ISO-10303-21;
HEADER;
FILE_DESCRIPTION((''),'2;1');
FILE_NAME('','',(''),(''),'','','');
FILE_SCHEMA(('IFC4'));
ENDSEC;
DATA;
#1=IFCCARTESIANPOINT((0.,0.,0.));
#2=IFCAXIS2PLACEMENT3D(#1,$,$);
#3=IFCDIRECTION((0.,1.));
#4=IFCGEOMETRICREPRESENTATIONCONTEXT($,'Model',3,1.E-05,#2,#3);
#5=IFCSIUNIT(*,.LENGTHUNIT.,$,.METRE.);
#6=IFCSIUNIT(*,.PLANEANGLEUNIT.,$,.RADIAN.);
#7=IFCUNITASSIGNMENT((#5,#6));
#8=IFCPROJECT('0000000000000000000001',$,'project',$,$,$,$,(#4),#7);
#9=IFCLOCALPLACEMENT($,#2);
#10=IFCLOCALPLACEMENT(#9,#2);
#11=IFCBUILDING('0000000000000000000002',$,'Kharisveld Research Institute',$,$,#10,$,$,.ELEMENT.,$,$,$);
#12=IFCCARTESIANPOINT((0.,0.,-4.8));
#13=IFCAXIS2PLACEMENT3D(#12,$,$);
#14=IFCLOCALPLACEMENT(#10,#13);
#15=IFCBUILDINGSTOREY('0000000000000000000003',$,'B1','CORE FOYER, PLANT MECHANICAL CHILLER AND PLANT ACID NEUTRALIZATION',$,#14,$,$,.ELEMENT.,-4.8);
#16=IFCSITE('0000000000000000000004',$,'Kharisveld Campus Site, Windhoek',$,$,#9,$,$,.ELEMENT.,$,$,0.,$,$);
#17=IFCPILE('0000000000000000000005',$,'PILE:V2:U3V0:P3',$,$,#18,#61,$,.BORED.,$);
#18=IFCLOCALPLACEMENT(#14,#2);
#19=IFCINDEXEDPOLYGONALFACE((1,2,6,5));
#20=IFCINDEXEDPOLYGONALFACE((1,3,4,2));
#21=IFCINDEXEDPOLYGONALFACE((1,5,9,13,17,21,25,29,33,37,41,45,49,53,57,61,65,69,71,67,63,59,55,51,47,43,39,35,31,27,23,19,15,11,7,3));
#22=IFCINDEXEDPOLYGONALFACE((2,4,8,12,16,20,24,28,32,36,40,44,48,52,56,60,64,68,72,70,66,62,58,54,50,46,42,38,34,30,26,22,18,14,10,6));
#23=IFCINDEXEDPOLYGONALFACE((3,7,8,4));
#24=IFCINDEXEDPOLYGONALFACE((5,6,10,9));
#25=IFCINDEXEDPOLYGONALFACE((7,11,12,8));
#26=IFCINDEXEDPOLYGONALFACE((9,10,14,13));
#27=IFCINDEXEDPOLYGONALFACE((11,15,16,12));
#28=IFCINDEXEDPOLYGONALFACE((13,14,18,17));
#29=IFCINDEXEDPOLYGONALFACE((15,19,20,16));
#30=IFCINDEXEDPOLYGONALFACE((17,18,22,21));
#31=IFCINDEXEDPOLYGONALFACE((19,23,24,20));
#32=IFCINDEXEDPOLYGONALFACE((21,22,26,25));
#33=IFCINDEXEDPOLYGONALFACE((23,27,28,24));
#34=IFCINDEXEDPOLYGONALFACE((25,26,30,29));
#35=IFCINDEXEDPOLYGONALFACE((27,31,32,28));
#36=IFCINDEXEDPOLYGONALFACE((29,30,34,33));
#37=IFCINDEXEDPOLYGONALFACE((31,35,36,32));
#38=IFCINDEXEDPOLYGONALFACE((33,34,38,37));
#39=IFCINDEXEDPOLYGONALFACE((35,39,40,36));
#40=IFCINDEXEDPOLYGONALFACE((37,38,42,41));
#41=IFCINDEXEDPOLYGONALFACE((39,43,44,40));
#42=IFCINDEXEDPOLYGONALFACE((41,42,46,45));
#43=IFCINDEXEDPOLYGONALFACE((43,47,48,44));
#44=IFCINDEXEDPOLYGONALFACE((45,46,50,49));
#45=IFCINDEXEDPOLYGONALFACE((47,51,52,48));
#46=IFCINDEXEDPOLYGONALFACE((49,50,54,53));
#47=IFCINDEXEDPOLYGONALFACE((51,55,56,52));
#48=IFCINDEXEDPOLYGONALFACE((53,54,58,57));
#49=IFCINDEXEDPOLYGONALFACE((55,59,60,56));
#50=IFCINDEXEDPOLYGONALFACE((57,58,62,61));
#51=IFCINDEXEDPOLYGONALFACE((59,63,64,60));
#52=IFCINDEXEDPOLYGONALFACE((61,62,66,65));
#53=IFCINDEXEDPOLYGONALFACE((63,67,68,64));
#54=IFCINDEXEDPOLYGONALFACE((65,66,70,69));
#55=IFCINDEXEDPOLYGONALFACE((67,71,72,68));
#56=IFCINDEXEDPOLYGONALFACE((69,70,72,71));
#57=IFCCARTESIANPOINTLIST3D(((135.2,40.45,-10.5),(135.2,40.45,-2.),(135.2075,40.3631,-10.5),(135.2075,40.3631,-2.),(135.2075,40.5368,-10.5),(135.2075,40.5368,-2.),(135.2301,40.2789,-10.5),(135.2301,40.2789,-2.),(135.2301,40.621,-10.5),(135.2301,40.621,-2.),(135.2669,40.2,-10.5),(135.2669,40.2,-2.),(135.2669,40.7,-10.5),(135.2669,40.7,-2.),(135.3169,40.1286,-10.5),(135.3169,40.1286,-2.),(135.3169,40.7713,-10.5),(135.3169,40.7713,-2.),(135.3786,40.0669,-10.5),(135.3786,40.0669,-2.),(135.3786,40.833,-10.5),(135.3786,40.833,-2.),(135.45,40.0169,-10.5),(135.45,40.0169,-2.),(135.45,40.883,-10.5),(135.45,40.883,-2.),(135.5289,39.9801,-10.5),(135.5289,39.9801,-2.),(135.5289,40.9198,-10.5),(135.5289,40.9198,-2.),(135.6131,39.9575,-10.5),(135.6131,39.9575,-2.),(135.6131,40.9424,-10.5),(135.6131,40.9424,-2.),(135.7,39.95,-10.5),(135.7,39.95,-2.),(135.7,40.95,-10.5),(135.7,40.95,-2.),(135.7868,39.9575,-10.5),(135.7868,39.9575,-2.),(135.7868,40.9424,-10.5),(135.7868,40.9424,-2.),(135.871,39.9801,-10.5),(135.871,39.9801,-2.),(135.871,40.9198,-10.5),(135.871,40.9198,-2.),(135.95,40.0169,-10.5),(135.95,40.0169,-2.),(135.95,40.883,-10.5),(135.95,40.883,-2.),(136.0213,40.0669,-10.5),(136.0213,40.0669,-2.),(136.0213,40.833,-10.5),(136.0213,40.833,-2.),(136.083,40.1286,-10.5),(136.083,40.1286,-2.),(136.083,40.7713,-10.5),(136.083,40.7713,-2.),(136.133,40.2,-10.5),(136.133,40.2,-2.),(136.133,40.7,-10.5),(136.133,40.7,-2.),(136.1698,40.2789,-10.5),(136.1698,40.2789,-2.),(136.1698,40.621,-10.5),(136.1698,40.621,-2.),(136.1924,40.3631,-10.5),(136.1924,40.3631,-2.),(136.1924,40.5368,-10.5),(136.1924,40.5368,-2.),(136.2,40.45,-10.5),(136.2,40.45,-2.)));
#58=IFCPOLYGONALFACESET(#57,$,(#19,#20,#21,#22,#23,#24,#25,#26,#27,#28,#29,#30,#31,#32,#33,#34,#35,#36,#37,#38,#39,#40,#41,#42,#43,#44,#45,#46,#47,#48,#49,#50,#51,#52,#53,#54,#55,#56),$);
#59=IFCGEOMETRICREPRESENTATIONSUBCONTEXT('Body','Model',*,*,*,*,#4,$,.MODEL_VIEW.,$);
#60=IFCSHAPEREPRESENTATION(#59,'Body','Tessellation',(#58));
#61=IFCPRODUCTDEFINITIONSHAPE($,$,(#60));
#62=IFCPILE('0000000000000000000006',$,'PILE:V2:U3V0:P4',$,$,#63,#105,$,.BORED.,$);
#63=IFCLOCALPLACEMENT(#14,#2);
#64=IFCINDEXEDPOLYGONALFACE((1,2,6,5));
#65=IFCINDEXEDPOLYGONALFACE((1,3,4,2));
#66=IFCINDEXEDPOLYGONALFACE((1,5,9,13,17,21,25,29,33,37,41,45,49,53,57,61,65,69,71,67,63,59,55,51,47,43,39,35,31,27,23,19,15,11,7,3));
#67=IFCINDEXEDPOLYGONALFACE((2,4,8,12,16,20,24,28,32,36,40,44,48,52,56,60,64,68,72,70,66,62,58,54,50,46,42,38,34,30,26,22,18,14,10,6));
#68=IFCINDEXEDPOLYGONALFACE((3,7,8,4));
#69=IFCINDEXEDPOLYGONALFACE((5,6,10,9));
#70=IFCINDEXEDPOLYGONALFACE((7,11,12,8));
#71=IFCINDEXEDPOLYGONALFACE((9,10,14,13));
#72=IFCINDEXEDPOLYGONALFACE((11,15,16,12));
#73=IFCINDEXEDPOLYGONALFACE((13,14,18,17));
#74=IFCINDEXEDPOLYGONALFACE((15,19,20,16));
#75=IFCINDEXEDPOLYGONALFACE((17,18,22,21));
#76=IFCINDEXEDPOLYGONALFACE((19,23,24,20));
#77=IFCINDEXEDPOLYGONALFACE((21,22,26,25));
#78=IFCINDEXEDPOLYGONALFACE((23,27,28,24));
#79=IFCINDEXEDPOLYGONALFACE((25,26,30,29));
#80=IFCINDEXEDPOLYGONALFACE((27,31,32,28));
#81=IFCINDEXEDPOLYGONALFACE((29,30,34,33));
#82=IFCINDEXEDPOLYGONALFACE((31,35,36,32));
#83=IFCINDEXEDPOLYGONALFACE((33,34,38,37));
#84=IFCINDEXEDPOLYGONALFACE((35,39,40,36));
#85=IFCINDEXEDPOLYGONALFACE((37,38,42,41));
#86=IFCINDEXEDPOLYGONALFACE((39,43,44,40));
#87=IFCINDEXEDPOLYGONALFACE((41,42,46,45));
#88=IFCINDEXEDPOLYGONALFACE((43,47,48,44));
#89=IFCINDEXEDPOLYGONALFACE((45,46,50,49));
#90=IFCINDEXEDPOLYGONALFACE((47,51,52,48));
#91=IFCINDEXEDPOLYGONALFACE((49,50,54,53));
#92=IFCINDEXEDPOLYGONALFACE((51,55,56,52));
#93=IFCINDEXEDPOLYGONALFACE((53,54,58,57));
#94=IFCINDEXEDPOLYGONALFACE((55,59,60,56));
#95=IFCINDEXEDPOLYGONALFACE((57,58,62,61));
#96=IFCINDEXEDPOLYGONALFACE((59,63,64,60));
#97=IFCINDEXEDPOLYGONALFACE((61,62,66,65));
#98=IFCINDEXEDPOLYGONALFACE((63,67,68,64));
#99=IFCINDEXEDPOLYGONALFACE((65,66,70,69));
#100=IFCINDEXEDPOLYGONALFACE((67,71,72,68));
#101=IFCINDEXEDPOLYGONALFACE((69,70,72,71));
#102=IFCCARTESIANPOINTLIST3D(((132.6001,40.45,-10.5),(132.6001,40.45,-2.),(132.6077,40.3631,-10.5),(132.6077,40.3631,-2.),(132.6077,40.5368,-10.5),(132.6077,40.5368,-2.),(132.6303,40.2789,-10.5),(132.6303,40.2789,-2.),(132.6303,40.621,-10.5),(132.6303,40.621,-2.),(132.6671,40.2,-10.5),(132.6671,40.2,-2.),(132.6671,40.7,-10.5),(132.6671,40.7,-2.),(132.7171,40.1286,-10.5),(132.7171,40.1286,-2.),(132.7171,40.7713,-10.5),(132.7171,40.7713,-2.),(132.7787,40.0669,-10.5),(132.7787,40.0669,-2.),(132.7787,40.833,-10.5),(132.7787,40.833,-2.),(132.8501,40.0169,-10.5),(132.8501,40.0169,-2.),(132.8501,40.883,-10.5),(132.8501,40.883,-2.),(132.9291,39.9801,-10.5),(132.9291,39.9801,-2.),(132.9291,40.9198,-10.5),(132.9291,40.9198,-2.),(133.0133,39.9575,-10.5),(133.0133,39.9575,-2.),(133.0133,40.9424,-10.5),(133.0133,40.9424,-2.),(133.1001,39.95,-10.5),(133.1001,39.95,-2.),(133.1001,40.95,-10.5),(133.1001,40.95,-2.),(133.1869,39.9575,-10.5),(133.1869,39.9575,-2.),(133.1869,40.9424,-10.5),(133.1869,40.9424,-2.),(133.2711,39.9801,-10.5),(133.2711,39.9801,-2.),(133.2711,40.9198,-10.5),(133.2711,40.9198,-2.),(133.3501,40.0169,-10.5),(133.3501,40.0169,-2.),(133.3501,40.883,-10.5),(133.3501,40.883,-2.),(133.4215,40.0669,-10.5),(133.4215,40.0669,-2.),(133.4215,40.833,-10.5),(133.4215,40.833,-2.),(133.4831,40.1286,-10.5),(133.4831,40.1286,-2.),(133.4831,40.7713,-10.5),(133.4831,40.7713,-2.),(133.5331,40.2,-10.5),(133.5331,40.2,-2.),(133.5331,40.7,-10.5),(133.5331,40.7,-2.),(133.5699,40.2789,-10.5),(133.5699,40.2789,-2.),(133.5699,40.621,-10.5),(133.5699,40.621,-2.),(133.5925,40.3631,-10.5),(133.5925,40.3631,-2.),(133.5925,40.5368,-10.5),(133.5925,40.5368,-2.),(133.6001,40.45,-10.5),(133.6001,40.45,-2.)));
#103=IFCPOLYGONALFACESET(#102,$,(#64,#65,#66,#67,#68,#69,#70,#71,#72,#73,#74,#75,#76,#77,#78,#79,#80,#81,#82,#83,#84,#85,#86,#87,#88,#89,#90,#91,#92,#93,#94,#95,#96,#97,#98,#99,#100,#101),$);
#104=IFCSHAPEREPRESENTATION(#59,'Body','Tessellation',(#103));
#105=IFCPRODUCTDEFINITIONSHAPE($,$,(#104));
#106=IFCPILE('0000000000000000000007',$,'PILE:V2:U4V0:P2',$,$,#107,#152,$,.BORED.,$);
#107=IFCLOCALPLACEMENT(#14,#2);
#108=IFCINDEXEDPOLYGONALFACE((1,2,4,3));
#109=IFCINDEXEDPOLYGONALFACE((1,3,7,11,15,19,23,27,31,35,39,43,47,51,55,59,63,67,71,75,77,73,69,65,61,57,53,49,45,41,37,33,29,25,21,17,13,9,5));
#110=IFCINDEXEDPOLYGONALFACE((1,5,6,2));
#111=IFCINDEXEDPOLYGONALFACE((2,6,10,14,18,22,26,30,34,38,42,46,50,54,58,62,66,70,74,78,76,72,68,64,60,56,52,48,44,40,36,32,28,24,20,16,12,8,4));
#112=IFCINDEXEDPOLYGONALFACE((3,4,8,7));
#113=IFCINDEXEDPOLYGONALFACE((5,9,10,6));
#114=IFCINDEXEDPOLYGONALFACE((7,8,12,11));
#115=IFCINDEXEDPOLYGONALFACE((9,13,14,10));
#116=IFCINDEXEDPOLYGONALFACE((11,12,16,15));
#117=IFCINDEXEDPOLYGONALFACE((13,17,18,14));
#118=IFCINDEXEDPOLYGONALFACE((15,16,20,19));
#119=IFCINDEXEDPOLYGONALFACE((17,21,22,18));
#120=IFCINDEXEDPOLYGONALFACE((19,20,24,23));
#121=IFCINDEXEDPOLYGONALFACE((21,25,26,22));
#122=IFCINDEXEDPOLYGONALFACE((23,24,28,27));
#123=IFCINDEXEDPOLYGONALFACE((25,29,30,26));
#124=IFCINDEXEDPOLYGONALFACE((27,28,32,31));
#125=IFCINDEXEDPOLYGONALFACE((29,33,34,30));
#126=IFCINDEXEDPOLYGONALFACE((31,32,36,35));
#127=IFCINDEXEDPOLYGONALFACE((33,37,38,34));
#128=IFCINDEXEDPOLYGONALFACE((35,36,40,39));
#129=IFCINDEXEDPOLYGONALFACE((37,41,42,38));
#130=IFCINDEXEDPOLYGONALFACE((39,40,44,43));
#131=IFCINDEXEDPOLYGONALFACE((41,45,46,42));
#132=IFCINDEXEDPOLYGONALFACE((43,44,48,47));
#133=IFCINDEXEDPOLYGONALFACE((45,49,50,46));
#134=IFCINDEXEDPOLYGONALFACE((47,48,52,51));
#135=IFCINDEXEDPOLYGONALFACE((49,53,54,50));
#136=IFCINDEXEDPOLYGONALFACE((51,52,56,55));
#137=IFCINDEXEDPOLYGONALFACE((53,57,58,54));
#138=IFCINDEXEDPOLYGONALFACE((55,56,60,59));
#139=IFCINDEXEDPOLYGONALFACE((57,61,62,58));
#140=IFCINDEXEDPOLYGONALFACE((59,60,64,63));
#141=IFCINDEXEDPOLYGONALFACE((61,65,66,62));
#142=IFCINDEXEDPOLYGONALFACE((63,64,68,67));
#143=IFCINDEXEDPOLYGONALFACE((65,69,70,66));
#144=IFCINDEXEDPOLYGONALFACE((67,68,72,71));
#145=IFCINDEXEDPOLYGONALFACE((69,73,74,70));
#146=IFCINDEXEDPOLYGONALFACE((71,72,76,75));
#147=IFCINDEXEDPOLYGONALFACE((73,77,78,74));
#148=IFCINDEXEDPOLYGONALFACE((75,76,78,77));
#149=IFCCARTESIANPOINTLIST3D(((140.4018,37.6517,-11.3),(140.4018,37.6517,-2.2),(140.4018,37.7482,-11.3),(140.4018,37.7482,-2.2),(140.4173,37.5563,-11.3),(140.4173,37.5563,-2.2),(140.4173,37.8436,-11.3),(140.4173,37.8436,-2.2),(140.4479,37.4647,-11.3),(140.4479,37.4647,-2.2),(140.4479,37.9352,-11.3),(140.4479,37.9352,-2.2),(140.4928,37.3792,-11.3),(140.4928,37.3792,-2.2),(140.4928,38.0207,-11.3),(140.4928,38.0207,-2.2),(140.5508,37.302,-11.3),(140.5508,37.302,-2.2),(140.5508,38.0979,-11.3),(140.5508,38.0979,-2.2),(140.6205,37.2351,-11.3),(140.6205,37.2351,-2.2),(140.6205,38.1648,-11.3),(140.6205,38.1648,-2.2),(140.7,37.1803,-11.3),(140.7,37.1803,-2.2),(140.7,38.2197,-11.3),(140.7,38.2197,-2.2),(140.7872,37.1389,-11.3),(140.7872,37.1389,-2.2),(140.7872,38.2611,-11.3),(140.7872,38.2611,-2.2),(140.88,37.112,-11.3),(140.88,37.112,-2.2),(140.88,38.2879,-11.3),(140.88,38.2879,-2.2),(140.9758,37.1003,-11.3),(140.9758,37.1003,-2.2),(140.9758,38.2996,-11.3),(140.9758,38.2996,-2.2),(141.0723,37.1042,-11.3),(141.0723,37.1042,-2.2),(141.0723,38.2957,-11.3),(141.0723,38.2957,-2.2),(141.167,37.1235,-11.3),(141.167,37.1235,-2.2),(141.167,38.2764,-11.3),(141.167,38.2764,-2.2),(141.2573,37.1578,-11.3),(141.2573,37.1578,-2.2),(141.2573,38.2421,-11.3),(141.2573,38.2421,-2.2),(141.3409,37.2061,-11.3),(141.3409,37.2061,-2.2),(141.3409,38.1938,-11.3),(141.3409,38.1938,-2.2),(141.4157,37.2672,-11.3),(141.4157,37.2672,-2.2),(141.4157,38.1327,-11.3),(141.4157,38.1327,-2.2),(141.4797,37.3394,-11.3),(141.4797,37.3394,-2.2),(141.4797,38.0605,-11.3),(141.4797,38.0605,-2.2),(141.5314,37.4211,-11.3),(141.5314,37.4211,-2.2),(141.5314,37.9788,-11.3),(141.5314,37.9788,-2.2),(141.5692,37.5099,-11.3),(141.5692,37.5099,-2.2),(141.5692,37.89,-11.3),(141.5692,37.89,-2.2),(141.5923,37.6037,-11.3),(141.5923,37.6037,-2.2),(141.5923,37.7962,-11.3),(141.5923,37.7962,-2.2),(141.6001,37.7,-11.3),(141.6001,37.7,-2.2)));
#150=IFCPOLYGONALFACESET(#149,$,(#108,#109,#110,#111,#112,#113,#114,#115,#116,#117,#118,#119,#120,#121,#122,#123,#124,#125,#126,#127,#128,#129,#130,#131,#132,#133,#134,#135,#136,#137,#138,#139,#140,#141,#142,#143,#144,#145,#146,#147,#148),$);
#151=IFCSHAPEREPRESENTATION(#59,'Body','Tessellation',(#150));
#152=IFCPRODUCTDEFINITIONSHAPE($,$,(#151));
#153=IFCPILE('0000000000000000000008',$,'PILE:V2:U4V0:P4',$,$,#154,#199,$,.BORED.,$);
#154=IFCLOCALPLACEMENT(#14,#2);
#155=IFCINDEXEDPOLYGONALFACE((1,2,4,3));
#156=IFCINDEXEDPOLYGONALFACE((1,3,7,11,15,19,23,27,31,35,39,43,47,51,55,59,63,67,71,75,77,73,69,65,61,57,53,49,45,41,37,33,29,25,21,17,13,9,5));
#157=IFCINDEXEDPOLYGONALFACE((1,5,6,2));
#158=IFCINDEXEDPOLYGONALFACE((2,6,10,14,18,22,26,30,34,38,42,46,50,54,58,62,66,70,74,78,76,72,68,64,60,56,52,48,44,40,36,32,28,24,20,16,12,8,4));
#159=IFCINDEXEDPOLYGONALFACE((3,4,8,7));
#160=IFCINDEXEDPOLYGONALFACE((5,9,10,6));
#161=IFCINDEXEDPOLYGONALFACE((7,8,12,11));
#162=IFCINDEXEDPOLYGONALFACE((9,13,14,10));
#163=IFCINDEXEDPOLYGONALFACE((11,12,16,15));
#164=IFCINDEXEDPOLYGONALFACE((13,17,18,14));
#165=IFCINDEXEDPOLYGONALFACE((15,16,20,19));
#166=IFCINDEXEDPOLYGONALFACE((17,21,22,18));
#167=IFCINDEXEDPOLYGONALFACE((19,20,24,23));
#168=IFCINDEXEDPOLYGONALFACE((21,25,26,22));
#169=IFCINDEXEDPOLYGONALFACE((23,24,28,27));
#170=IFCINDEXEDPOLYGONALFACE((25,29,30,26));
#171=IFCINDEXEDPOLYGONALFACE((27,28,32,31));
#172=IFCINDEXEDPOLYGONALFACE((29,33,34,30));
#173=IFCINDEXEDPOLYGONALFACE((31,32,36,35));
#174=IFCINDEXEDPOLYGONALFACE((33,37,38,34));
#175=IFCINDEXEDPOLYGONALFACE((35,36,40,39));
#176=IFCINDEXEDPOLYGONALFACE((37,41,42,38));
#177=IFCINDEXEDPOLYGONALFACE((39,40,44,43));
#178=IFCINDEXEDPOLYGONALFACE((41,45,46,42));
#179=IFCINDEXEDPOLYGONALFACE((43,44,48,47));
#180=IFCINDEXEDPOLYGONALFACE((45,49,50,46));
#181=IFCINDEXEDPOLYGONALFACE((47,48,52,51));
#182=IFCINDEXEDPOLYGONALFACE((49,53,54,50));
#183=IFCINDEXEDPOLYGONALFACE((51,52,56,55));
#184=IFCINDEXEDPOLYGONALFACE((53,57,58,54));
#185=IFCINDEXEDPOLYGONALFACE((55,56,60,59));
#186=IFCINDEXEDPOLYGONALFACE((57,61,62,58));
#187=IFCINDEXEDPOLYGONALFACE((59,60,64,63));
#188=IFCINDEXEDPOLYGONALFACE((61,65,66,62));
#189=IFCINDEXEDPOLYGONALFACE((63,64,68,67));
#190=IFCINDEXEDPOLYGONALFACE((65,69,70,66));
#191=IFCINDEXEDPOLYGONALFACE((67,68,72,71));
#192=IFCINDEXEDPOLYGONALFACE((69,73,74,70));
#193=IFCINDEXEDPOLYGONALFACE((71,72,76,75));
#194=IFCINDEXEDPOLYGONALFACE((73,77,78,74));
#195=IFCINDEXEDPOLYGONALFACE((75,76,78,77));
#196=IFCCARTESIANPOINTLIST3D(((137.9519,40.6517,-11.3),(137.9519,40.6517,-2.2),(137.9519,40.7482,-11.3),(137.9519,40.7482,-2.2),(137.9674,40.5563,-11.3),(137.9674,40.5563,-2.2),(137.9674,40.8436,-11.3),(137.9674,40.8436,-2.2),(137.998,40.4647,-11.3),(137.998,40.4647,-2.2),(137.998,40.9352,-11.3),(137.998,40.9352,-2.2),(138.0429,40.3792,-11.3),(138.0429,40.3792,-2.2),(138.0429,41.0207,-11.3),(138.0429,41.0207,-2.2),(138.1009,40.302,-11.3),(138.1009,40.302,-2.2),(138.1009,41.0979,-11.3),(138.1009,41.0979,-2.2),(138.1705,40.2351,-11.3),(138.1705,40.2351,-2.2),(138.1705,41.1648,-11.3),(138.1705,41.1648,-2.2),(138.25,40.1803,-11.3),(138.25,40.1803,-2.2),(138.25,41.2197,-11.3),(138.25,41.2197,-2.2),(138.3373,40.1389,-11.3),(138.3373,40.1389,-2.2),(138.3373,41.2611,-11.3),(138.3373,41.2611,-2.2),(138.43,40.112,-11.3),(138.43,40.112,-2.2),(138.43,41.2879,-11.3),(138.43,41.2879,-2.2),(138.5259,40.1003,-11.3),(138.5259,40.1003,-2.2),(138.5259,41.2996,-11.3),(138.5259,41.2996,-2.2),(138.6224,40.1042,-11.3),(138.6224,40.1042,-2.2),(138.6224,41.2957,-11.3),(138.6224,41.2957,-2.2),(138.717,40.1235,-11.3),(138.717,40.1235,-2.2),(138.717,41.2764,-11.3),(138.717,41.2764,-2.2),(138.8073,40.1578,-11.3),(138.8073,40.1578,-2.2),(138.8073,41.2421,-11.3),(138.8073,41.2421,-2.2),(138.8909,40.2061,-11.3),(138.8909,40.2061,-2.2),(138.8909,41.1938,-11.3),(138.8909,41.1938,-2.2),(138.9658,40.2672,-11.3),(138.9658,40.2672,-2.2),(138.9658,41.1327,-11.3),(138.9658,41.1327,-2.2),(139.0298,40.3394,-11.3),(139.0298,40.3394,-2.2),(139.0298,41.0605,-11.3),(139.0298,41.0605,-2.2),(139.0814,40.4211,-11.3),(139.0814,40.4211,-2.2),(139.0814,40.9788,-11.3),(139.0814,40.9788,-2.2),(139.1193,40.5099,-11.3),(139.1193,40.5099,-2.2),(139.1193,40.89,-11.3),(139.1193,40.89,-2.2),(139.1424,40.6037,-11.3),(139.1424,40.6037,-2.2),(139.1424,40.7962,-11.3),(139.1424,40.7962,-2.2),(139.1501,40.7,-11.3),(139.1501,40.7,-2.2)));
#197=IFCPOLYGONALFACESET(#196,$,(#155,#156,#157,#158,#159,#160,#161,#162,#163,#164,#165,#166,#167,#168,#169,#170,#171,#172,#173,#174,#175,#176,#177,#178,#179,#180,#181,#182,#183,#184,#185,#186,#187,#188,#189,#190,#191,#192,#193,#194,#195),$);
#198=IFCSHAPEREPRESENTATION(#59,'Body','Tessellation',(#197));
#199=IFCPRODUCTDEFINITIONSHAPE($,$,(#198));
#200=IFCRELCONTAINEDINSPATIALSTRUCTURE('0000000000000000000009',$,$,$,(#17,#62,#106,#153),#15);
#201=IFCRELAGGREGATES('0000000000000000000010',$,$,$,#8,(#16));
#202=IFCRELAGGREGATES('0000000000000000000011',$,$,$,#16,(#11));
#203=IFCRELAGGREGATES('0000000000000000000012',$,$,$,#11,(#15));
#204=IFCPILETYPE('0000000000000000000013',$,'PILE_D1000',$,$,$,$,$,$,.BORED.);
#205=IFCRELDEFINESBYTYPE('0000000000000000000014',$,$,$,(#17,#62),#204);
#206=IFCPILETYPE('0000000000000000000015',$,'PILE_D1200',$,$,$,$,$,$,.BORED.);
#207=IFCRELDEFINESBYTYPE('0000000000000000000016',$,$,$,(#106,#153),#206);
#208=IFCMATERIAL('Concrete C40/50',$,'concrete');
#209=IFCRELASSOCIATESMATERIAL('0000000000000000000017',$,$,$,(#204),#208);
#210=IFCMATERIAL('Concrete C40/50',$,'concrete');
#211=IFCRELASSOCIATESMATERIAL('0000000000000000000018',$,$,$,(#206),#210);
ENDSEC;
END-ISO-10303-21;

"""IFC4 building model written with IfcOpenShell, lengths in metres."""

from ifc_helpers import new_model, si_unit, direction, frame, origin, origin_2d, place, context, subcontext, project, spatial, circle, extrude, material, material_profile, profile_set, type_object, element, save


model = new_model("IFC4")

# Units and contexts
model_context = context("Model", 3, precision=1e-05, world=origin(), true_north=direction((0.0, 1.0)))
body_context = subcontext(model_context, "Body", "Model", "MODEL_VIEW")
ifc_project = project(units=[si_unit("LENGTHUNIT", "METRE"), si_unit("PLANEANGLEUNIT", "RADIAN")], contexts=[model_context])

# Site, building, storey
site_placement = place(None, origin())
site = spatial("IfcSite", under=ifc_project, at=site_placement, Name="Kharisveld Campus Site, Windhoek", CompositionType="ELEMENT", RefElevation=0.0)
building_placement = place(site_placement, origin())
building = spatial("IfcBuilding", under=site, at=building_placement, Name="Kharisveld Research Institute", CompositionType="ELEMENT")
storey_placement = place(building_placement, frame((0.0, 0.0, -4.8)))
storey = spatial("IfcBuildingStorey", under=building, at=storey_placement, Name="B1", Description="CORE FOYER, PLANT MECHANICAL CHILLER AND PLANT ACID NEUTRALIZATION", CompositionType="ELEMENT", Elevation=-4.8)

# Piles
ifc_material_1 = material(Name="Concrete C40/50", Category="concrete")
ifc_material_profile_1 = material_profile(ifc_material_1, circle(Radius=0.5, at=origin_2d()))
ifc_profile_set_1 = profile_set([ifc_material_profile_1], Name="Concrete C40/50")
pile_type_1 = type_object("IfcPileType", Name="PILE_D1000", PredefinedType="BORED", material=ifc_profile_set_1)
for number, where, z_axis, x_axis, name in (
    (1, (135.7, 40.45, -2.0), (0.0, 0.0, -1.0), (1.0, 0.0, 0.0), "PILE:V2:U3V0:P3"),
    (2, (133.1001, 40.45, -2.0), (0.0, 0.0, -1.0), (1.0, 0.0, 0.0), "PILE:V2:U3V0:P4"),
):
    element("IfcPile", number, at=place(storey_placement, frame(where, z_axis=z_axis, x_axis=x_axis)), inside=storey, type_object=pile_type_1, Name=name, PredefinedType="BORED", context=body_context, shape_type="SweptSolid", body=[
        extrude(circle(Radius=0.5, at=origin_2d()), origin(), (0.0, 0.0, 1.0), 8.5),
    ])
ifc_material_2 = material(Name="Concrete C40/50", Category="concrete")
ifc_material_profile_2 = material_profile(ifc_material_2, circle(Radius=0.6001, at=origin_2d()))
ifc_profile_set_2 = profile_set([ifc_material_profile_2], Name="Concrete C40/50")
pile_type_2 = type_object("IfcPileType", Name="PILE_D1200", PredefinedType="BORED", material=ifc_profile_set_2)
for number, where, z_axis, x_axis, name in (
    (3, (141.0, 37.7, -2.2), (0.0, 0.0, -1.0), (1.0, 0.0, 0.0), "PILE:V2:U4V0:P2"),
    (4, (138.55, 40.7, -2.2), (0.0, 0.0, -1.0), (1.0, 0.0, 0.0), "PILE:V2:U4V0:P4"),
):
    element("IfcPile", number, at=place(storey_placement, frame(where, z_axis=z_axis, x_axis=x_axis)), inside=storey, type_object=pile_type_2, Name=name, PredefinedType="BORED", context=body_context, shape_type="SweptSolid", body=[
        extrude(circle(Radius=0.6001, at=origin_2d()), origin(), (0.0, 0.0, 1.0), 9.1001),
    ])

save(model, "model.ifc")
